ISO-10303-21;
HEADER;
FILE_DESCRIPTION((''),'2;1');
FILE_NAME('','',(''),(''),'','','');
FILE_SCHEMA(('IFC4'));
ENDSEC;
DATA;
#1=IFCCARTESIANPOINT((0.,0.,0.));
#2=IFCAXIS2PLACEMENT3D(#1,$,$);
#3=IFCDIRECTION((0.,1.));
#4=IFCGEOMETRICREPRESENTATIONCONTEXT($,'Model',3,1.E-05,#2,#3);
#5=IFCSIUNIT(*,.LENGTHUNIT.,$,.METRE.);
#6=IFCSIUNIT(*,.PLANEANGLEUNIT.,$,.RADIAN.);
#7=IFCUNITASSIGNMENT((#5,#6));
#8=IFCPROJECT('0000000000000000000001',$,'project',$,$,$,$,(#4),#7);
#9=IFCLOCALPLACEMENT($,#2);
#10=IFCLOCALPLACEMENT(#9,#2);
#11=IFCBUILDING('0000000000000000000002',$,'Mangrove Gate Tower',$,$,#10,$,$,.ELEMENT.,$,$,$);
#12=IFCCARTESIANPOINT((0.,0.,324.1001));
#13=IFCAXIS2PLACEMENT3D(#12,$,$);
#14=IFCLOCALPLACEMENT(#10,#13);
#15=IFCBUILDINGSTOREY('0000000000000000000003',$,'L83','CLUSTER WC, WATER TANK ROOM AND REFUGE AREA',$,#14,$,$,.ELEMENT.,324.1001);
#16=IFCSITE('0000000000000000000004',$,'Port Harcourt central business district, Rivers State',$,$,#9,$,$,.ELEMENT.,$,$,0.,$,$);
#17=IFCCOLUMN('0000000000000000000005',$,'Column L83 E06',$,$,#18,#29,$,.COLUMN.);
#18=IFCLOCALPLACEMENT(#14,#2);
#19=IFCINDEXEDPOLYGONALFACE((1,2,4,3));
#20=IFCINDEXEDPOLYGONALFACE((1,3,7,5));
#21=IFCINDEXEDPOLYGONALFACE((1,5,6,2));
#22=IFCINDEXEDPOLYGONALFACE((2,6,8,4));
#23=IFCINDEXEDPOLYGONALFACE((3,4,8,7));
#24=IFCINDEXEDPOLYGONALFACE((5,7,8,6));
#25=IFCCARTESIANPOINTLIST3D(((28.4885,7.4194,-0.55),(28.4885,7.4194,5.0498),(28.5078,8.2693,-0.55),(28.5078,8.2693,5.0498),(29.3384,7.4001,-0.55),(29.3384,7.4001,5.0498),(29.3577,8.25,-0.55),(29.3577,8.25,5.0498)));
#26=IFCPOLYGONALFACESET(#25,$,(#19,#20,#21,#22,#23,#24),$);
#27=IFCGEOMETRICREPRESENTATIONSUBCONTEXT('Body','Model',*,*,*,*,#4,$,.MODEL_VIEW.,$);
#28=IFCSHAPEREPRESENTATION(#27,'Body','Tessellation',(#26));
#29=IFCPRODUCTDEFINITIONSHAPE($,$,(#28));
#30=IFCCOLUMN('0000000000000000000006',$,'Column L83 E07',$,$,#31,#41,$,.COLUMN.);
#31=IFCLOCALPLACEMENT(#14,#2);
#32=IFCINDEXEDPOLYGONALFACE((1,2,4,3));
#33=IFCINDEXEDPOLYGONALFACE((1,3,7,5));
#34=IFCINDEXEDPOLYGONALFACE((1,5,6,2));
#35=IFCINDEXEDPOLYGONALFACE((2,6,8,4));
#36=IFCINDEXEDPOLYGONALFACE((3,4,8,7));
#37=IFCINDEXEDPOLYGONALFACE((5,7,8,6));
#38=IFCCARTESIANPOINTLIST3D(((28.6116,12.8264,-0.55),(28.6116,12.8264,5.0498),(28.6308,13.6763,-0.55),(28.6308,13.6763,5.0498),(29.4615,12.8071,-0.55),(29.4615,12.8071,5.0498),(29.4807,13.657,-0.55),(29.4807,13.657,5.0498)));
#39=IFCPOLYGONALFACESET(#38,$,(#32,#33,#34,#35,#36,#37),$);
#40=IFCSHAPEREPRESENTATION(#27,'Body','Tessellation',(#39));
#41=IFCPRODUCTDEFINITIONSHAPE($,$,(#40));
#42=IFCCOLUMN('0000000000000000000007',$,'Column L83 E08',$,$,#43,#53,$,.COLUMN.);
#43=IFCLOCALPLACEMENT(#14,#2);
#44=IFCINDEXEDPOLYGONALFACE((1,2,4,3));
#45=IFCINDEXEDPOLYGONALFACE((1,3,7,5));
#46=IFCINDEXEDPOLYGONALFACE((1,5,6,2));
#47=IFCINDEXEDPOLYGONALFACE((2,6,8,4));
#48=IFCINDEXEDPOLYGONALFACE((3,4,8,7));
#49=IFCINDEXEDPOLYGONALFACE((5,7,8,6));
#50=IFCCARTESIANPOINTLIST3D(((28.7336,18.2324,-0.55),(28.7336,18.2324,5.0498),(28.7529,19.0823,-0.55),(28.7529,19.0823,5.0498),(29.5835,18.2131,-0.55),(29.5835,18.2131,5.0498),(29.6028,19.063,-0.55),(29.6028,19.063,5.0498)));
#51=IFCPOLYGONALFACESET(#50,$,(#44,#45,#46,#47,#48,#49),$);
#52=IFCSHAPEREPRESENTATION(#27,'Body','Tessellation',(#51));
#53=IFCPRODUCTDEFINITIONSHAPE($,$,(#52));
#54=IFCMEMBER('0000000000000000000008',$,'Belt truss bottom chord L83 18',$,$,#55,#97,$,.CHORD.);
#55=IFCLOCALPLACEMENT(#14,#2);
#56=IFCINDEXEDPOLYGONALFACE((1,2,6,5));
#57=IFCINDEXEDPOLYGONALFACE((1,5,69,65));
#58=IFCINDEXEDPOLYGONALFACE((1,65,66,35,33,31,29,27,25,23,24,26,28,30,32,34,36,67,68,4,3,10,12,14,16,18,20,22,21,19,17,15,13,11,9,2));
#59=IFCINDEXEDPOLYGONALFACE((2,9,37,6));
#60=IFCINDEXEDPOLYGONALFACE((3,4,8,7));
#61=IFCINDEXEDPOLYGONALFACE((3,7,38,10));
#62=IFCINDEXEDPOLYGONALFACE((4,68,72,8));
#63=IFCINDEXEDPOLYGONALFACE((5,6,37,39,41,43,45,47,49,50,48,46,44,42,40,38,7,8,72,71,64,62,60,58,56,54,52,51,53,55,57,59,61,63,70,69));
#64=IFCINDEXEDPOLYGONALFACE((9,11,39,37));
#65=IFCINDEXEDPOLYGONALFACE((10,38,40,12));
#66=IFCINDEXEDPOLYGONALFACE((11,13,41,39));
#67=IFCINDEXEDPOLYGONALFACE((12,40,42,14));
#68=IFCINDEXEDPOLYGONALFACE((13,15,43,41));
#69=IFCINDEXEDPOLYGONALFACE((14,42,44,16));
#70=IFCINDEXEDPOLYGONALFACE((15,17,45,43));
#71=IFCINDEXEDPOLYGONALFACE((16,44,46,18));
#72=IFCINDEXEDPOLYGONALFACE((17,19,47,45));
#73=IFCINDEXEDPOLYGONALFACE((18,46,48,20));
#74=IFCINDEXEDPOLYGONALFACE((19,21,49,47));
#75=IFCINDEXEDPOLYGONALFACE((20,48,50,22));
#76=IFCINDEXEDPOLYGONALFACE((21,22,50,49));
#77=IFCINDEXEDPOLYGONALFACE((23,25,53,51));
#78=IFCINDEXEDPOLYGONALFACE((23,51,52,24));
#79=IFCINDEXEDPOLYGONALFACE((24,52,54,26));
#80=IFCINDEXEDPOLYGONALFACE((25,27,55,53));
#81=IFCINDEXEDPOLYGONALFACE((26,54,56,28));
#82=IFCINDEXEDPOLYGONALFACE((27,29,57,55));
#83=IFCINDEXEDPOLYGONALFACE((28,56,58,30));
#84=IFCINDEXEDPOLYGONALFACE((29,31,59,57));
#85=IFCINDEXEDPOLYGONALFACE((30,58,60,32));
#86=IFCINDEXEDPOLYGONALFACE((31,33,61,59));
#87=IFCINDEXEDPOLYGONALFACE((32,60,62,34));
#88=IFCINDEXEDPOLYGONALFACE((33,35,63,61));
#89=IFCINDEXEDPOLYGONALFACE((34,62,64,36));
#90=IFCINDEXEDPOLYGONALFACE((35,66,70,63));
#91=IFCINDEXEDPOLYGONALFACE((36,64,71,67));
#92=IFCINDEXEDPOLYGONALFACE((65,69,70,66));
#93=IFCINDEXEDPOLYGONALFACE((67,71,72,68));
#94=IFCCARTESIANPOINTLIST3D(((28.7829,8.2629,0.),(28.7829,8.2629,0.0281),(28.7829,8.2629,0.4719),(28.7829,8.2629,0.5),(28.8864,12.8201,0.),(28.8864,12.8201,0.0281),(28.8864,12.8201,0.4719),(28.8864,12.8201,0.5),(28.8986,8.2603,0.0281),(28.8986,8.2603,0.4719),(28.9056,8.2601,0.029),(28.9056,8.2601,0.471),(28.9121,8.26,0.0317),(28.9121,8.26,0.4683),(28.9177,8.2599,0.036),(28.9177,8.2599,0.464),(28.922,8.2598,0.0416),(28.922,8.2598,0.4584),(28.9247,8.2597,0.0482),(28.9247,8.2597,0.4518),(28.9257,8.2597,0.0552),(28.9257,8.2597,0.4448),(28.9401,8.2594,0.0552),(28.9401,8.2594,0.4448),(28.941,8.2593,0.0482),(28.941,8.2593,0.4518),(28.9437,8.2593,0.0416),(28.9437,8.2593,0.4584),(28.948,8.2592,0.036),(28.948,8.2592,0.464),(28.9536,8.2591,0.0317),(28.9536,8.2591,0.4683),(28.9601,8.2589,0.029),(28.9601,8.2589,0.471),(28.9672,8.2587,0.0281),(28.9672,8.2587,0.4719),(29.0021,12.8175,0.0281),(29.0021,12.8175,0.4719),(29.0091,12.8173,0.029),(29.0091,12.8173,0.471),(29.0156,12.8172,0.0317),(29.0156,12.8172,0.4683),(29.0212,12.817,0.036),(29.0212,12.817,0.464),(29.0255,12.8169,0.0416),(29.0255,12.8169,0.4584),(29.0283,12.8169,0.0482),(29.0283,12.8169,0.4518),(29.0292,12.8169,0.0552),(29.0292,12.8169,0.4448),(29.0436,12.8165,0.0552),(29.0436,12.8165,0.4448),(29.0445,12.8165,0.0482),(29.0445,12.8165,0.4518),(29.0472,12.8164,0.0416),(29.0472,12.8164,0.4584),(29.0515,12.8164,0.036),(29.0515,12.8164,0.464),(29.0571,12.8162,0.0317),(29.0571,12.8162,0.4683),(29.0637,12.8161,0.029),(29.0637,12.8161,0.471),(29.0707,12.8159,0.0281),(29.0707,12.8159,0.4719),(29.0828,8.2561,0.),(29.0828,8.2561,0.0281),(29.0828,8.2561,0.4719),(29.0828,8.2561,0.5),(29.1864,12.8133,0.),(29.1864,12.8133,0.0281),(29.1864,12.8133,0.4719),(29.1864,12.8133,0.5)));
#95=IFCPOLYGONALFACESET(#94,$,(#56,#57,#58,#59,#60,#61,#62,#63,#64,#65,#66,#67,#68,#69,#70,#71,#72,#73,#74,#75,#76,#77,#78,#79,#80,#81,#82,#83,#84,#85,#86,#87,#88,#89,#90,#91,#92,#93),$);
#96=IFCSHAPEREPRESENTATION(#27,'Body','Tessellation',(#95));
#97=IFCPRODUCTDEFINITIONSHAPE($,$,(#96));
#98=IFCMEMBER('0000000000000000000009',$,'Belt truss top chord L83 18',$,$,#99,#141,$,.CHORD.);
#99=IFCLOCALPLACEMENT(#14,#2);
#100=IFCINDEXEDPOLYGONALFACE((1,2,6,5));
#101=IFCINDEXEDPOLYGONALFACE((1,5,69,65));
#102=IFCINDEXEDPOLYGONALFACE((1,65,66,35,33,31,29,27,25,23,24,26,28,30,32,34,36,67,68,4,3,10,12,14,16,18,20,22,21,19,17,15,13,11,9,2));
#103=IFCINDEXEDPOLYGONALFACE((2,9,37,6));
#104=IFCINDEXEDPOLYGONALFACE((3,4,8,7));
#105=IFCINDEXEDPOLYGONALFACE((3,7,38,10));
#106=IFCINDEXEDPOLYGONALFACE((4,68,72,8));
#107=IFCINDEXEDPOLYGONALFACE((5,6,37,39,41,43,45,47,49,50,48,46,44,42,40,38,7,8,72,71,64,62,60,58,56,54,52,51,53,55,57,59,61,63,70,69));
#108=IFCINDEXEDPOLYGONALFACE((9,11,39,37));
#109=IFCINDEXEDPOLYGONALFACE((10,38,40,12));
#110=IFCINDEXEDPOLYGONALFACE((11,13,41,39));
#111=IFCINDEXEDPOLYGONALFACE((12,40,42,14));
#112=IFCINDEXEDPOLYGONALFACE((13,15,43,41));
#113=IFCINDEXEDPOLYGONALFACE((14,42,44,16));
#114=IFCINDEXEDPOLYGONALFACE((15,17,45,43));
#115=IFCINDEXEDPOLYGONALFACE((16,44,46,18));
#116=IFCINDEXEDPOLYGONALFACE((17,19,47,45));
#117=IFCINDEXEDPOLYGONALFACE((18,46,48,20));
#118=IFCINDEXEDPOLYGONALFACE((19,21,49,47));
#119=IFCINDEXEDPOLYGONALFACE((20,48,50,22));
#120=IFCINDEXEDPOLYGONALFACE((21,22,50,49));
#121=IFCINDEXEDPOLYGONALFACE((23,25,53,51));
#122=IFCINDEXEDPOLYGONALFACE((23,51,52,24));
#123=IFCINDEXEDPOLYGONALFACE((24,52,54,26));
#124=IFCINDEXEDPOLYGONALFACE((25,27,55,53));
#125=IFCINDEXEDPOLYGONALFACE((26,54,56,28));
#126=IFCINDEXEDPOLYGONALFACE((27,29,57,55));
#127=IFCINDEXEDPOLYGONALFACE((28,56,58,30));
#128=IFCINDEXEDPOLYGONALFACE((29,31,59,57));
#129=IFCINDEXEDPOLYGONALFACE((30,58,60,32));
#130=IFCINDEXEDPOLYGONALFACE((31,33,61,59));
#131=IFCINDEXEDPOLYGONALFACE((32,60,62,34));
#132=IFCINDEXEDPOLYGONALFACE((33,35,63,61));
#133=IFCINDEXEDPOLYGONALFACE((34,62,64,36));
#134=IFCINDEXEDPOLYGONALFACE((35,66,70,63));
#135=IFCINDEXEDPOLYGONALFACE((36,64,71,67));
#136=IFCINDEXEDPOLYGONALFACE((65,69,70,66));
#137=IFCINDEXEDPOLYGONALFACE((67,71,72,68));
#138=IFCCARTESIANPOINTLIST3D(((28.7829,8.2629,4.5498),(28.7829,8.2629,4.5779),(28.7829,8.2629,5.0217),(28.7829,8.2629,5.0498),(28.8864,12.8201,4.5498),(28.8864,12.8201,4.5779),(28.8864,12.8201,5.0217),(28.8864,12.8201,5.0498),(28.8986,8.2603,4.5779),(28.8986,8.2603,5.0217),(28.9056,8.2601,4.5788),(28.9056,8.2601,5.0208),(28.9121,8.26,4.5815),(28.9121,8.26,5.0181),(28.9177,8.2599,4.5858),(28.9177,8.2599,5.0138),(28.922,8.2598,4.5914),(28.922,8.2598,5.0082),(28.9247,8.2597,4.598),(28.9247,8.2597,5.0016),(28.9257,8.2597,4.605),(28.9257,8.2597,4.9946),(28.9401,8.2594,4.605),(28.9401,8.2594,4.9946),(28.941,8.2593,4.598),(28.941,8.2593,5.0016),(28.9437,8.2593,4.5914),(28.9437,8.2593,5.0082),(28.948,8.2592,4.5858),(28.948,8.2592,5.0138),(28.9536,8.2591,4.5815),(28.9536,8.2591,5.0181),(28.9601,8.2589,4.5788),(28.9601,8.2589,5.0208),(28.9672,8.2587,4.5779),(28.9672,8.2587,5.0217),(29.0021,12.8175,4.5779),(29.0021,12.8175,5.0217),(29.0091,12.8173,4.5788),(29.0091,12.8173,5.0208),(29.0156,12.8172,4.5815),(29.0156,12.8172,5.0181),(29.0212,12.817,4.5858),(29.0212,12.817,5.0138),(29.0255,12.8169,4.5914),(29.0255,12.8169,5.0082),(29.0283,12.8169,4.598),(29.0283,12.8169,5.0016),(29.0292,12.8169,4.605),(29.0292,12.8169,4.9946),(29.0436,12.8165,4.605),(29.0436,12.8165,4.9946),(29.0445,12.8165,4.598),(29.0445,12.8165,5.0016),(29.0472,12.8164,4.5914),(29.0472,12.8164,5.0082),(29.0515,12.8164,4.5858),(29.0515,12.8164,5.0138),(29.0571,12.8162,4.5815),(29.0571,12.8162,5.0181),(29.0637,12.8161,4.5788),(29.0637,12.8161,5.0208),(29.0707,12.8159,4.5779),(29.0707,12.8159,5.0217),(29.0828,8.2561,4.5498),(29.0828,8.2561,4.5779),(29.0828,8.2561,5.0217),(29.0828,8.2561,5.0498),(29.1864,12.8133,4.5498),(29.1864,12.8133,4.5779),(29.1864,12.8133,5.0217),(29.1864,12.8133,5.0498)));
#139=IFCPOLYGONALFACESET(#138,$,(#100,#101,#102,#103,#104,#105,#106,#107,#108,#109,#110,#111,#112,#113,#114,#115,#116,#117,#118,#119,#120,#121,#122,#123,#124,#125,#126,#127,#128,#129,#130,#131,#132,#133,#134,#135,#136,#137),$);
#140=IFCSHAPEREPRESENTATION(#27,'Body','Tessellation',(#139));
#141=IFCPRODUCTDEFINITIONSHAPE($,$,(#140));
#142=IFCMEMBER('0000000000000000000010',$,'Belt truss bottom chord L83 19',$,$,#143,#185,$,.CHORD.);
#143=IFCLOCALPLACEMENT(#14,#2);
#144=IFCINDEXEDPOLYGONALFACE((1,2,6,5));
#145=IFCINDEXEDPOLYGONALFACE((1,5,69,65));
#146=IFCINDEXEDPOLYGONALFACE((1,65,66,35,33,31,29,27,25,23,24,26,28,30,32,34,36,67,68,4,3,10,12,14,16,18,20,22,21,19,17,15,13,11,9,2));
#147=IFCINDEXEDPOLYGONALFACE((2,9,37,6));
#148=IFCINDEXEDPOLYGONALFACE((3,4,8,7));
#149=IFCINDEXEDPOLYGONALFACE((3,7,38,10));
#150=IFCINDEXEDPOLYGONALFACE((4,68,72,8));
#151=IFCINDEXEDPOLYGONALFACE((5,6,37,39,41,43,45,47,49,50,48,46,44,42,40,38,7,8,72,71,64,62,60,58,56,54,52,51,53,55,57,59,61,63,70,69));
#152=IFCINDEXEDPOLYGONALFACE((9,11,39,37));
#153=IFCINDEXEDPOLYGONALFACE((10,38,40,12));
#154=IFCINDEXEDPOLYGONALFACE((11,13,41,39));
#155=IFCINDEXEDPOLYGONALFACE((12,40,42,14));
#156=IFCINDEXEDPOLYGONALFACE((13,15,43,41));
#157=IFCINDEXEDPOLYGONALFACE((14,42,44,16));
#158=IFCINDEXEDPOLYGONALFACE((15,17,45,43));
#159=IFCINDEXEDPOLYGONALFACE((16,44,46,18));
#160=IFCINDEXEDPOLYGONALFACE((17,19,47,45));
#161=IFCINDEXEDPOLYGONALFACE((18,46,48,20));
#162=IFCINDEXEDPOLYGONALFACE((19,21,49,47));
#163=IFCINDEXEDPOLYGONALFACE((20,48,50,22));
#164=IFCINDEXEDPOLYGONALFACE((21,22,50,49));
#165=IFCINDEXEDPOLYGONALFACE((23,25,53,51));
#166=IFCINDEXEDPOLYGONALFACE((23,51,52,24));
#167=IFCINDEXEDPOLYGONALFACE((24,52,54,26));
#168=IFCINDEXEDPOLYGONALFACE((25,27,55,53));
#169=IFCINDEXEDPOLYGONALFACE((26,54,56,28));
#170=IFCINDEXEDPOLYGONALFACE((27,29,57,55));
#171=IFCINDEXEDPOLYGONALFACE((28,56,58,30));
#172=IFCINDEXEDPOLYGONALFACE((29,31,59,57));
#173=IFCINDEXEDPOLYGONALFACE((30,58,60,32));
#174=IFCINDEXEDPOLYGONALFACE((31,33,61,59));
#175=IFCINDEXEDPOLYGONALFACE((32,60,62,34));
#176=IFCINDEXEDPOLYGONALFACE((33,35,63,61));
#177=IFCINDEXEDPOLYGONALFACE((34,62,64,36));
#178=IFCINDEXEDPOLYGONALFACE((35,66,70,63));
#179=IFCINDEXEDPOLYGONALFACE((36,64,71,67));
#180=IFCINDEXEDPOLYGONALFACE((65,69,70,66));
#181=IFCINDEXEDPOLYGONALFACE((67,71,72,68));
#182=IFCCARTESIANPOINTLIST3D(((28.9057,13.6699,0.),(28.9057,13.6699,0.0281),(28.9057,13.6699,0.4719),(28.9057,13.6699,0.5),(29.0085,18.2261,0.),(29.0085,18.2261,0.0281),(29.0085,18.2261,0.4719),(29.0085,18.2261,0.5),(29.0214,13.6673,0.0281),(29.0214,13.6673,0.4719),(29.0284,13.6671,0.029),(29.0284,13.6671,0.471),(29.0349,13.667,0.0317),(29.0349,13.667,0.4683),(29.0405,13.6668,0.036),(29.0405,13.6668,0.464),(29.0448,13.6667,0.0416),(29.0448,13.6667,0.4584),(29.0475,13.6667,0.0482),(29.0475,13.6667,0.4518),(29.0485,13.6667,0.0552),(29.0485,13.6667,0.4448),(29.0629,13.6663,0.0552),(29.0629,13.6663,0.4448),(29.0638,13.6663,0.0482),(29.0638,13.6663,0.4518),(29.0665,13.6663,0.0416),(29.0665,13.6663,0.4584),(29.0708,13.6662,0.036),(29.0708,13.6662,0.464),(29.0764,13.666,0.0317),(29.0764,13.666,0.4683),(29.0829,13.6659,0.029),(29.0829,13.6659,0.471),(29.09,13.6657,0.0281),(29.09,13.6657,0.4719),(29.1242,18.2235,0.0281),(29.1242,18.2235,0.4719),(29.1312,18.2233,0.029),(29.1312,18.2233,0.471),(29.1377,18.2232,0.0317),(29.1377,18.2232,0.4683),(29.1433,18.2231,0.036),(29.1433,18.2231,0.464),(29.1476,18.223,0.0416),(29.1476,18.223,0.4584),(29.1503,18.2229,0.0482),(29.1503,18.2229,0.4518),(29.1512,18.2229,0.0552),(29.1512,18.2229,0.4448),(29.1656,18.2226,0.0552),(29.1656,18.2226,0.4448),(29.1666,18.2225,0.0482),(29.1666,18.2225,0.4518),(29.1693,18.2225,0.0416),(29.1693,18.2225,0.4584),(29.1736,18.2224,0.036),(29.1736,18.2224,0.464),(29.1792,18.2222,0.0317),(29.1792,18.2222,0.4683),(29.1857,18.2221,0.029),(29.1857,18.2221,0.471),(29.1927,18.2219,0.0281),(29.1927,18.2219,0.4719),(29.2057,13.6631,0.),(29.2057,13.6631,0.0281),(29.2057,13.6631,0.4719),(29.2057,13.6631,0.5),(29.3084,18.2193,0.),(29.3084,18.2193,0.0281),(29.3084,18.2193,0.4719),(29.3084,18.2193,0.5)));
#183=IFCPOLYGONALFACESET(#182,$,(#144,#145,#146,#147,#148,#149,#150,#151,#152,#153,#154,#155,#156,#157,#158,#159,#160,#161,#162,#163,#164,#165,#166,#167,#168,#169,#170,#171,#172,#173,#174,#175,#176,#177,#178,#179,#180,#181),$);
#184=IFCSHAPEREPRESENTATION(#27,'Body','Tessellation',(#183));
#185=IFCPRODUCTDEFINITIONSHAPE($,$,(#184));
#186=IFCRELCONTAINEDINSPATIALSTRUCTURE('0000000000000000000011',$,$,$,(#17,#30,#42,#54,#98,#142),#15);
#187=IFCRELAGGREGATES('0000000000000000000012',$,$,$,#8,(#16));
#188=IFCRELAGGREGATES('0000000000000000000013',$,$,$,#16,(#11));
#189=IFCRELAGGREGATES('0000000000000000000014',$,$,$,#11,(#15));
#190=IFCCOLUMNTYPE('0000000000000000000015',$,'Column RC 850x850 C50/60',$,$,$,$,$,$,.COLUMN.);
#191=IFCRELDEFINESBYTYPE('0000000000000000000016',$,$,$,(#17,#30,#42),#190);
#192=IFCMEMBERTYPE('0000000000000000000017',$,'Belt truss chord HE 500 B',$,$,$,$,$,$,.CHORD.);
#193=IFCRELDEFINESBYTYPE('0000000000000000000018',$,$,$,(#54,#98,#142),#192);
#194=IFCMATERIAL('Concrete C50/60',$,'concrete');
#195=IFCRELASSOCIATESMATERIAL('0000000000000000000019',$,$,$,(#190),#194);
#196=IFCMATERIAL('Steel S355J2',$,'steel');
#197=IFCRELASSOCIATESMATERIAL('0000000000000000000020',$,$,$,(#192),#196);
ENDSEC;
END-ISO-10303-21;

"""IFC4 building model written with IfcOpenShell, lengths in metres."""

from ifc_helpers import new_model, si_unit, direction, frame, origin, origin_2d, place, context, subcontext, project, spatial, rectangle, i_section, extrude, material, material_profile, profile_set, type_object, element, save


model = new_model("IFC4")

# Units and contexts
model_context = context("Model", 3, precision=1e-05, world=origin(), true_north=direction((0.0, 1.0)))
body_context = subcontext(model_context, "Body", "Model", "MODEL_VIEW")
ifc_project = project(units=[si_unit("LENGTHUNIT", "METRE"), si_unit("PLANEANGLEUNIT", "RADIAN")], contexts=[model_context])

# Site, building, storey
site_placement = place(None, origin())
site = spatial("IfcSite", under=ifc_project, at=site_placement, Name="Port Harcourt central business district, Rivers State", CompositionType="ELEMENT", RefElevation=0.0)
building_placement = place(site_placement, origin())
building = spatial("IfcBuilding", under=site, at=building_placement, Name="Mangrove Gate Tower", CompositionType="ELEMENT")
storey_placement = place(building_placement, frame((0.0, 0.0, 324.1001)))
storey = spatial("IfcBuildingStorey", under=building, at=storey_placement, Name="L83", Description="CLUSTER WC, WATER TANK ROOM AND REFUGE AREA", CompositionType="ELEMENT", Elevation=324.1001)

# Columns
ifc_material_1 = material(Name="Concrete C50/60", Category="concrete")
ifc_material_profile_1 = material_profile(ifc_material_1, rectangle(XDim=0.8501, YDim=0.8501, at=origin_2d()))
ifc_profile_set_1 = profile_set([ifc_material_profile_1], Name="Concrete C50/60")
column_type = type_object("IfcColumnType", Name="Column RC 850x850 C50/60", PredefinedType="COLUMN", material=ifc_profile_set_1)
for number, where, z_axis, x_axis, name in (
    (1, (28.9231, 7.8347, -0.55), (0.0, 0.0, 1.0), (0.022705, 0.999742, 0.0), "Column L83 E06"),
    (2, (29.0461, 13.2417, -0.55), (0.0, 0.0, 1.0), (0.022652, 0.999743, 0.0), "Column L83 E07"),
    (3, (29.1682, 18.6477, -0.55), (0.0, 0.0, 1.0), (0.022652, 0.999743, 0.0), "Column L83 E08"),
):
    element("IfcColumn", number, at=place(storey_placement, frame(where, z_axis=z_axis, x_axis=x_axis)), inside=storey, type_object=column_type, Name=name, PredefinedType="COLUMN", context=body_context, shape_type="SweptSolid", body=[
        extrude(rectangle(XDim=0.8501, YDim=0.8501, at=origin_2d()), origin(), (0.0, 0.0, 1.0), 5.5999),
    ])

# Members
ifc_material_2 = material(Name="Steel S355J2", Category="steel")
ifc_material_profile_2 = material_profile(ifc_material_2, i_section(OverallWidth=0.3, OverallDepth=0.5, WebThickness=0.0144, FlangeThickness=0.0281, FilletRadius=0.0271, at=origin_2d()))
ifc_profile_set_2 = profile_set([ifc_material_profile_2], Name="Steel S355J2")
member_type_1 = type_object("IfcMemberType", Name="Belt truss chord HE 500 B", PredefinedType="CHORD", material=ifc_profile_set_2)
for number, where, z_axis, x_axis, name in (
    (4, (28.9329, 8.2595, 0.25), (0.022709, 0.999742, 0.0), (-0.999742, 0.022709, 0.0), "Belt truss bottom chord L83 18"),
    (5, (28.9329, 8.2595, 4.7998), (0.022709, 0.999742, 0.0), (-0.999742, 0.022709, 0.0), "Belt truss top chord L83 18"),
):
    element("IfcMember", number, at=place(storey_placement, frame(where, z_axis=z_axis, x_axis=x_axis)), inside=storey, type_object=member_type_1, Name=name, PredefinedType="CHORD", context=body_context, shape_type="SweptSolid", body=[
        extrude(i_section(OverallWidth=0.3, OverallDepth=0.5, WebThickness=0.0144, FlangeThickness=0.0281, FilletRadius=0.0271, at=origin_2d()), origin(), (0.0, 0.0, 1.0), 4.5583),
    ])
for number, where, z_axis, x_axis, name in (
    (6, (29.0557, 13.6665, 0.25), (0.022553, 0.999746, 0.0), (-0.999746, 0.022553, 0.0), "Belt truss bottom chord L83 19"),
):
    element("IfcMember", number, at=place(storey_placement, frame(where, z_axis=z_axis, x_axis=x_axis)), inside=storey, type_object=member_type_1, Name=name, PredefinedType="CHORD", context=body_context, shape_type="SweptSolid", body=[
        extrude(i_section(OverallWidth=0.3, OverallDepth=0.5, WebThickness=0.0144, FlangeThickness=0.0281, FilletRadius=0.0271, at=origin_2d()), origin(), (0.0, 0.0, 1.0), 4.5574),
    ])

save(model, "model.ifc")
